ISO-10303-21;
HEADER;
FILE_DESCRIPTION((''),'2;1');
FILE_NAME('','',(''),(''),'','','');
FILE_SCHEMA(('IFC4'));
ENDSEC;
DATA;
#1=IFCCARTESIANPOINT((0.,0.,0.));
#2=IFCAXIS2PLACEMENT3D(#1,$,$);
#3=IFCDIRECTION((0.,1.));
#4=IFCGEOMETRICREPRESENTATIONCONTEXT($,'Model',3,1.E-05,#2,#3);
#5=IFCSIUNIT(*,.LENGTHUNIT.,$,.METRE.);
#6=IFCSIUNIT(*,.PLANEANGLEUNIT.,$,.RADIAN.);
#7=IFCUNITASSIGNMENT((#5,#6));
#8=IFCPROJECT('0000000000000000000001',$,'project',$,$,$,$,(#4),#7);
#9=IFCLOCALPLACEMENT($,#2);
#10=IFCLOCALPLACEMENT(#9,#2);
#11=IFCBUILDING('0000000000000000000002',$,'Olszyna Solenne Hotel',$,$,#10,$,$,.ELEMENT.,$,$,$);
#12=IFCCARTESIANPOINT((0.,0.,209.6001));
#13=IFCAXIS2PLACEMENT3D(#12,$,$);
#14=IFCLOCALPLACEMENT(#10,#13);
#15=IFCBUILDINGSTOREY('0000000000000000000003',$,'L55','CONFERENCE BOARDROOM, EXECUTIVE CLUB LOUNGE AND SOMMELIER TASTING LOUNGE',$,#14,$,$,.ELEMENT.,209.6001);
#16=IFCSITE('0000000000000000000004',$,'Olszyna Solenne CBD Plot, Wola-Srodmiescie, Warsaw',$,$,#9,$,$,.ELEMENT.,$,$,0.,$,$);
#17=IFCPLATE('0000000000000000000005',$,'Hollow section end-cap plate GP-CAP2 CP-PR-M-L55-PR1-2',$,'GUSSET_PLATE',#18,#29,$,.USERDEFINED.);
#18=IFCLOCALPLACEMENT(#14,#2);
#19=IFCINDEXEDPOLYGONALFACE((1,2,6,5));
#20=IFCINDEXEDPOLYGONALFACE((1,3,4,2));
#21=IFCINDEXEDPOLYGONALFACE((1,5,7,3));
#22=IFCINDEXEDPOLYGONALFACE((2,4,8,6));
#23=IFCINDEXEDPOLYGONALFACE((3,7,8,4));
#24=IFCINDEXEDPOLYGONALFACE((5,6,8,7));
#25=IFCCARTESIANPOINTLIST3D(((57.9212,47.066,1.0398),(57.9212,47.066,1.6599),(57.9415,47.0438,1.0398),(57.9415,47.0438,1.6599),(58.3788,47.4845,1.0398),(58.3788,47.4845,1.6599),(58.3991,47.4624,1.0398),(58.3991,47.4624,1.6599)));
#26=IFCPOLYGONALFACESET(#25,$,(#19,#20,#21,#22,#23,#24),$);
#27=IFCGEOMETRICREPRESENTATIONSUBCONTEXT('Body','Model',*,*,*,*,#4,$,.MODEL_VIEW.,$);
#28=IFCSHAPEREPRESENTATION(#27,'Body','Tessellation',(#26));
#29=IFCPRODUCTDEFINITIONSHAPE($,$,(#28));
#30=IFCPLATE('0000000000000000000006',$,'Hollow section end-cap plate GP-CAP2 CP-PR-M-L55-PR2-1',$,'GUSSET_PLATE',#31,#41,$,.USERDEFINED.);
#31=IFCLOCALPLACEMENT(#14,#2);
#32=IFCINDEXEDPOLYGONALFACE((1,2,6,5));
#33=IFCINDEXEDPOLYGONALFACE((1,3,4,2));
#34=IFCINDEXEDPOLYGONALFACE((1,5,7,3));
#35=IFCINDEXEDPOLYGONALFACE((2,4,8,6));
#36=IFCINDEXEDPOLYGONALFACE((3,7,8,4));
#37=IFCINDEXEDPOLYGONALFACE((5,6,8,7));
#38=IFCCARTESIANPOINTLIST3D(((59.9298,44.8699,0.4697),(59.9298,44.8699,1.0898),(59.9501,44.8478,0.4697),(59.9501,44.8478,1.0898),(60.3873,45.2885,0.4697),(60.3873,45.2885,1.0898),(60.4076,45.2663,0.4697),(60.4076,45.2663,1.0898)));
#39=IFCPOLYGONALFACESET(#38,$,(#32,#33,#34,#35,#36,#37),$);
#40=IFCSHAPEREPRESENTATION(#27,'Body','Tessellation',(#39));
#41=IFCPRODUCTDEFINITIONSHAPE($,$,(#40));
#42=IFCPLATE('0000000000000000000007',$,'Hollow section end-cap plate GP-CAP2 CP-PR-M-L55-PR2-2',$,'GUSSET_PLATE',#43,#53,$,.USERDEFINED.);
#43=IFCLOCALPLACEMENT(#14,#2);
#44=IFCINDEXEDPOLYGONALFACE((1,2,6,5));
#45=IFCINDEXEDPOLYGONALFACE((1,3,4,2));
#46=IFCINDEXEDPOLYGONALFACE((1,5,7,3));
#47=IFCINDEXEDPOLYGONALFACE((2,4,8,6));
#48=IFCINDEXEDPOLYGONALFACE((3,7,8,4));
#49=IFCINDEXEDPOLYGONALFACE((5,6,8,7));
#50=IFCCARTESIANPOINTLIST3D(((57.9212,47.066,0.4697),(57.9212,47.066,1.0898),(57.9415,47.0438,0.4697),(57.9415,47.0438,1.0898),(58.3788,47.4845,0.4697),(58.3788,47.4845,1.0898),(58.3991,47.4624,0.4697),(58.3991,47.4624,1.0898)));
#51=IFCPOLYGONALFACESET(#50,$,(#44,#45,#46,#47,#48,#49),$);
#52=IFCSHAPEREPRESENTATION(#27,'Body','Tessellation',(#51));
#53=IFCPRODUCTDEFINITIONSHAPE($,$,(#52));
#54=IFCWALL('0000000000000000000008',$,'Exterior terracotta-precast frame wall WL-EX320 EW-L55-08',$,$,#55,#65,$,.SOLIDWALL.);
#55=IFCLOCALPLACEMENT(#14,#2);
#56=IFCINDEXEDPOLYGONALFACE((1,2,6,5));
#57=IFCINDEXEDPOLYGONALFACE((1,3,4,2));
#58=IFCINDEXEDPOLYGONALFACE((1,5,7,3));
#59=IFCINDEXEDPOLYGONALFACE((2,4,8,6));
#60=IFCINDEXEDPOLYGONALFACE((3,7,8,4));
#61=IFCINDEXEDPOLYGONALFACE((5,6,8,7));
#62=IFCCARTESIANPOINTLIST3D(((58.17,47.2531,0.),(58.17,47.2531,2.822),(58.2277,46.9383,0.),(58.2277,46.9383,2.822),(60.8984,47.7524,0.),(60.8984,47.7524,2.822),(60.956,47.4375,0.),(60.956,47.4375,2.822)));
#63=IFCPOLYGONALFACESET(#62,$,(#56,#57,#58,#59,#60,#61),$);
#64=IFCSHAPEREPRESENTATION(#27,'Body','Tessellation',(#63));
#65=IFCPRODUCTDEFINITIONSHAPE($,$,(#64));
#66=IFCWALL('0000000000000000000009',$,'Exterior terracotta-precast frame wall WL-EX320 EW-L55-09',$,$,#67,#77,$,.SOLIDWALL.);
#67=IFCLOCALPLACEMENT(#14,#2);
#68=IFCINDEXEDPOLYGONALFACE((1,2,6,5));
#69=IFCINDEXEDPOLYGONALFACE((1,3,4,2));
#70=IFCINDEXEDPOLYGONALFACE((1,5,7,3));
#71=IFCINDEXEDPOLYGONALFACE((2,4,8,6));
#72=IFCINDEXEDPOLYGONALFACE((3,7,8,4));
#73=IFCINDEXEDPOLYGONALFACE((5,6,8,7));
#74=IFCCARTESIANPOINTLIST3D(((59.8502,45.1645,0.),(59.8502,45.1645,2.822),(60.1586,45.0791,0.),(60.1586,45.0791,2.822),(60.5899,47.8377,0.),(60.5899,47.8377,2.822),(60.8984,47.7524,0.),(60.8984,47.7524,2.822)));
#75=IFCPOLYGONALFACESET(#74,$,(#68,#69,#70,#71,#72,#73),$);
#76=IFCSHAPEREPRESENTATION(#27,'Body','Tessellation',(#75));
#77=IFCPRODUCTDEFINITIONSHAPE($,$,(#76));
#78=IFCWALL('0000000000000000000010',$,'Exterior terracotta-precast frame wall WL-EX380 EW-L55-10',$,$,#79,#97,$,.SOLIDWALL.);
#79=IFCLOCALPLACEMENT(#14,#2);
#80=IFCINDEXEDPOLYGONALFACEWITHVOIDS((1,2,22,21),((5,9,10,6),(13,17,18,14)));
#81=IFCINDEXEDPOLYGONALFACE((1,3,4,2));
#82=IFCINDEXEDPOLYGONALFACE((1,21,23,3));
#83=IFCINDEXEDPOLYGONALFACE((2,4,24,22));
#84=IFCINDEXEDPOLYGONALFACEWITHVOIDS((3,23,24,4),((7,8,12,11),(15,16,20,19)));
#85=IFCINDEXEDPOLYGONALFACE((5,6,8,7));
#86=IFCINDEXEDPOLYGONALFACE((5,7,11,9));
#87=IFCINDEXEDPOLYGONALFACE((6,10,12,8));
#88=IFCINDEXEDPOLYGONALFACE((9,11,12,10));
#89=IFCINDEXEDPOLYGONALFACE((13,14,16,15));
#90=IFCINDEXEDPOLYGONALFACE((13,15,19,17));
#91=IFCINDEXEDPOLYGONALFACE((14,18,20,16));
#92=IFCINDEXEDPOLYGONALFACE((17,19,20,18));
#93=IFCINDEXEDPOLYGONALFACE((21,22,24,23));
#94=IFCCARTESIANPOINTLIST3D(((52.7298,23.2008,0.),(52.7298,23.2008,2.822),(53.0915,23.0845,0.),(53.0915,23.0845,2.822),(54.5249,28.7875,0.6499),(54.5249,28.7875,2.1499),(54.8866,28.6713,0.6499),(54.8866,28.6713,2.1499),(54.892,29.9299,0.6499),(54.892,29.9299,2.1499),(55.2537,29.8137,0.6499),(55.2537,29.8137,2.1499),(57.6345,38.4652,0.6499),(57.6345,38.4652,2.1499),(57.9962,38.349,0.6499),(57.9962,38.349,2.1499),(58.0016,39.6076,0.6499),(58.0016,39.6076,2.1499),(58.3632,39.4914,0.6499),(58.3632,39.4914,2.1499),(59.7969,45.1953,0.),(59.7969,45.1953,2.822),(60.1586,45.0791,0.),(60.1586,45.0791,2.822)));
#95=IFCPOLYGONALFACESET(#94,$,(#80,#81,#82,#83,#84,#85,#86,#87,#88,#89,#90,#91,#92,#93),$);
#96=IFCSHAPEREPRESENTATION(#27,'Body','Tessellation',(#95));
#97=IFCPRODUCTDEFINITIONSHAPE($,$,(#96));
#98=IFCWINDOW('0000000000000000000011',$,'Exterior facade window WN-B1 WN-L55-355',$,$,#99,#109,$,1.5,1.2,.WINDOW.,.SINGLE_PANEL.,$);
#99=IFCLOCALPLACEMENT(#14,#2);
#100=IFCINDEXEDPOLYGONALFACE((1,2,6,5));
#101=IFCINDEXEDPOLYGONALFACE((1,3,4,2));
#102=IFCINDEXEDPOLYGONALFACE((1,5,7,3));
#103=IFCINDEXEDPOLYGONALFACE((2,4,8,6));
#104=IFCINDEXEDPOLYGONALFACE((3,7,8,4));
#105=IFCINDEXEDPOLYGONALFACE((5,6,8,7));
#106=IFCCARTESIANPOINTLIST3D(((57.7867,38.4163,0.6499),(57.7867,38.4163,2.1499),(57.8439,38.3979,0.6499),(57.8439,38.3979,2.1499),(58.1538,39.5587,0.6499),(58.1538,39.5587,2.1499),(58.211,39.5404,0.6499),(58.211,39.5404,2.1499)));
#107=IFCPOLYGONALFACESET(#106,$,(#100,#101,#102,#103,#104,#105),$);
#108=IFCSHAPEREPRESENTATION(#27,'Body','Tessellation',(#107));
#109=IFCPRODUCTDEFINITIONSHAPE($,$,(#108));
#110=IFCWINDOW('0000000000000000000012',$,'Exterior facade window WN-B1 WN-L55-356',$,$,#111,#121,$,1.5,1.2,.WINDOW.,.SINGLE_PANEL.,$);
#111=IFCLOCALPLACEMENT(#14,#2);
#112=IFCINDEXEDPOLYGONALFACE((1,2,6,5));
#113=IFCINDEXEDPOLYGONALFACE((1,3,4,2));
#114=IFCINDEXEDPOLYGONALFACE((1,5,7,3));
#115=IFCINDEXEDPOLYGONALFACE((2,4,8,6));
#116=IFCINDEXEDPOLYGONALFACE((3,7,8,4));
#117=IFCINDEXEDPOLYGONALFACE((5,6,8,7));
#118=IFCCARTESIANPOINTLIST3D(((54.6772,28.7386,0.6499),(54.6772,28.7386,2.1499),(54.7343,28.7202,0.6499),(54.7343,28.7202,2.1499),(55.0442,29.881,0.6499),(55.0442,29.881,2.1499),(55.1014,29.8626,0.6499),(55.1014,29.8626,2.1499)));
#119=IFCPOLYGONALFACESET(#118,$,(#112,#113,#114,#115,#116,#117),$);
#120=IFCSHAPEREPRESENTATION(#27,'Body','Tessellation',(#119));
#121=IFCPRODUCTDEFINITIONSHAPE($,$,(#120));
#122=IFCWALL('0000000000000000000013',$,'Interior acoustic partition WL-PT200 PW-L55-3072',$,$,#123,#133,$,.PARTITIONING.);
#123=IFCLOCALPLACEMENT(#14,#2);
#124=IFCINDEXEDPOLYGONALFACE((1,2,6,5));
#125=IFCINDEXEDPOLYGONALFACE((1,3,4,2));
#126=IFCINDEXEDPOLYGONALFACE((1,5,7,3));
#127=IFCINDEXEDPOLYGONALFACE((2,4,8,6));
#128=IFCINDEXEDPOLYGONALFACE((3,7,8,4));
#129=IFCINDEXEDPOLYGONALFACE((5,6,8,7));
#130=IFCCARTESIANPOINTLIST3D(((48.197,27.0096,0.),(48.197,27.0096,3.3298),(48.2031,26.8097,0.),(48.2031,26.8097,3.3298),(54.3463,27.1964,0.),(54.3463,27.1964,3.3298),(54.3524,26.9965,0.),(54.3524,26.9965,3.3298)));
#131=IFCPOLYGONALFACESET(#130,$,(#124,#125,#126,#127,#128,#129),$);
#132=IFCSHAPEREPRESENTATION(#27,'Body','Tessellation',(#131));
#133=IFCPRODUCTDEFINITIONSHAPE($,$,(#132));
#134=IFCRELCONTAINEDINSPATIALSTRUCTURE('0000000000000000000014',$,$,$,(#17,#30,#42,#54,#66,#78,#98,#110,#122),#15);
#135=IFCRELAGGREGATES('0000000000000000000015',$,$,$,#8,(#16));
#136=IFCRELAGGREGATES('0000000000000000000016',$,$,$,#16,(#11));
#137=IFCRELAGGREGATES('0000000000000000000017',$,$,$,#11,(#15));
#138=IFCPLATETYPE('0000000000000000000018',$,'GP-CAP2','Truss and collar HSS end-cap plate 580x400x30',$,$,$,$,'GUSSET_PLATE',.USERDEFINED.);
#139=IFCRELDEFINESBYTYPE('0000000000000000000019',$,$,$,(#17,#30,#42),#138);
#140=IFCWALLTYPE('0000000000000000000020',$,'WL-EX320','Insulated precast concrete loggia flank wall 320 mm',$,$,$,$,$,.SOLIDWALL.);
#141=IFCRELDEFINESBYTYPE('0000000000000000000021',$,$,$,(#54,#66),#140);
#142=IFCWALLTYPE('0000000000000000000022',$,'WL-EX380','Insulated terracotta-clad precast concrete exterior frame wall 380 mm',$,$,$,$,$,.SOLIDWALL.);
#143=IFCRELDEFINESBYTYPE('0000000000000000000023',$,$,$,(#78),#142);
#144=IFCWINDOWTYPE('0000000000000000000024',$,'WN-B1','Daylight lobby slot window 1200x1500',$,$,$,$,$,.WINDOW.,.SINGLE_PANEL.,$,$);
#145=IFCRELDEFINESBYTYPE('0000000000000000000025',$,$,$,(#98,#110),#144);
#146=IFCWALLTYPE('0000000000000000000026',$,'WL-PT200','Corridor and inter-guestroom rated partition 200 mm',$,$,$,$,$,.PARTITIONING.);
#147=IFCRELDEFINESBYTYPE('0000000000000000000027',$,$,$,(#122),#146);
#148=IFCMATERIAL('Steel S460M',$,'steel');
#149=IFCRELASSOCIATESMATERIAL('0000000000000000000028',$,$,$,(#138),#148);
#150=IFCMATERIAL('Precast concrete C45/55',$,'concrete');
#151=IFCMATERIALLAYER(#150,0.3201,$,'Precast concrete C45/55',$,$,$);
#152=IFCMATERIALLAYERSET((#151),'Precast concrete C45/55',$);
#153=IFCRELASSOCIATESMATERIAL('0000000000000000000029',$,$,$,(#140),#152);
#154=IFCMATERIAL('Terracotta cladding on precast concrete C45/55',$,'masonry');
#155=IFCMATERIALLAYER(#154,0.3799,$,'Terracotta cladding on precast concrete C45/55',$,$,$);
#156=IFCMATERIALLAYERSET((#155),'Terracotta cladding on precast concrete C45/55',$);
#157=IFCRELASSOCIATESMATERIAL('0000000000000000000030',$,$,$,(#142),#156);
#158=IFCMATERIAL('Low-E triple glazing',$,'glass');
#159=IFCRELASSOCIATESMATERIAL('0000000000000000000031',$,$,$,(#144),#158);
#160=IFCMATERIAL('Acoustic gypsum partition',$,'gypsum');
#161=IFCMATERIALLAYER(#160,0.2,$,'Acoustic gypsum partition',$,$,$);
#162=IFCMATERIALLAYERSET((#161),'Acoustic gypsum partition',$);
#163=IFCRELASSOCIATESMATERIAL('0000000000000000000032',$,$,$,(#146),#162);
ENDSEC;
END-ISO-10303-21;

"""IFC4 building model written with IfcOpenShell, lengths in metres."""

from ifc_helpers import new_model, si_unit, direction, frame, frame_2d, origin, origin_2d, place, context, subcontext, project, spatial, rectangle, extrude, source, transform, mapped, material, layer, layer_set, type_object, type_shapes, element, fill, save


model = new_model("IFC4")

# Units and contexts
model_context = context("Model", 3, precision=1e-05, world=origin(), true_north=direction((0.0, 1.0)))
body_context = subcontext(model_context, "Body", "Model", "MODEL_VIEW")
ifc_project = project(units=[si_unit("LENGTHUNIT", "METRE"), si_unit("PLANEANGLEUNIT", "RADIAN")], contexts=[model_context])

# Site, building, storey
site_placement = place(None, origin())
site = spatial("IfcSite", under=ifc_project, at=site_placement, Name="Olszyna Solenne CBD Plot, Wola-Srodmiescie, Warsaw", CompositionType="ELEMENT", RefElevation=0.0)
building_placement = place(site_placement, origin())
building = spatial("IfcBuilding", under=site, at=building_placement, Name="Olszyna Solenne Hotel", CompositionType="ELEMENT")
storey_placement = place(building_placement, frame((0.0, 0.0, 209.6001)))
storey = spatial("IfcBuildingStorey", under=building, at=storey_placement, Name="L55", Description="CONFERENCE BOARDROOM, EXECUTIVE CLUB LOUNGE AND SOMMELIER TASTING LOUNGE", CompositionType="ELEMENT", Elevation=209.6001)

# Shared definitions
ifc_material_1 = material(Name="Steel S460M", Category="steel")

# Plates
plate_type = type_object("IfcPlateType", Name="GP-CAP2", Description="Truss and collar HSS end-cap plate 580x400x30", ElementType="GUSSET_PLATE", PredefinedType="USERDEFINED", material=ifc_material_1)
shared_shape_1 = source(origin(), body_context, "Body", "SweptSolid", [
    extrude(rectangle(XDim=0.03, YDim=0.6201, at=origin_2d()), origin(), (0.0, 0.0, 1.0), 0.6201),
])
for number, where, z_axis, x_axis, name in (
    (1, (58.1602, 47.2642, 1.0398), (0.0, 0.0, 1.0), (-0.674947, 0.737867, 0.0), "Hollow section end-cap plate GP-CAP2 CP-PR-M-L55-PR1-2"),
    (2, (60.1687, 45.0681, 0.4697), (0.0, 0.0, 1.0), (-0.674947, 0.737867, 0.0), "Hollow section end-cap plate GP-CAP2 CP-PR-M-L55-PR2-1"),
    (3, (58.1602, 47.2642, 0.4697), (0.0, 0.0, 1.0), (-0.674947, 0.737867, 0.0), "Hollow section end-cap plate GP-CAP2 CP-PR-M-L55-PR2-2"),
):
    element("IfcPlate", number, at=place(storey_placement, frame(where, z_axis=z_axis, x_axis=x_axis)), inside=storey, type_object=plate_type, Name=name, ObjectType="GUSSET_PLATE", PredefinedType="USERDEFINED", context=body_context, shape_type="MappedRepresentation", body=[
        mapped(shared_shape_1, transform((0.0, 0.0, 0.0), x_axis=(1.0, 0.0, 0.0), y_axis=(0.0, 1.0, 0.0), z_axis=(0.0, 0.0, 1.0), scale=1.0)),
    ])

# Walls
ifc_material_2 = material(Name="Precast concrete C45/55", Category="concrete")
ifc_layer_1 = layer(ifc_material_2, 0.3201, Name="Precast concrete C45/55")
ifc_layer_set_1 = layer_set([ifc_layer_1], Name="Precast concrete C45/55")
wall_type_1 = type_object("IfcWallType", Name="WL-EX320", Description="Insulated precast concrete loggia flank wall 320 mm", PredefinedType="SOLIDWALL", material=ifc_layer_set_1)
for number, where, z_axis, x_axis, name in (
    (4, (58.199, 47.0957, 0.0), (0.0, 0.0, 1.0), (0.983665, 0.180009, 0.0), "Exterior terracotta-precast frame wall WL-EX320 EW-L55-08"),
    (5, (60.7441, 47.7949, 0.0), (0.0, 0.0, 1.0), (-0.266713, -0.963776, 0.0), "Exterior terracotta-precast frame wall WL-EX320 EW-L55-09"),
):
    element("IfcWall", number, at=place(storey_placement, frame(where, z_axis=z_axis, x_axis=x_axis)), inside=storey, type_object=wall_type_1, Name=name, PredefinedType="SOLIDWALL", context=body_context, shape_type="SweptSolid", body=[
        extrude(rectangle(XDim=2.7737, YDim=0.3201, at=frame_2d((1.3867, 0.0))), origin(), (0.0, 0.0, 1.0), 2.822),
    ])

# Wall, openings, windows
ifc_material_3 = material(Name="Terracotta cladding on precast concrete C45/55", Category="masonry")
ifc_layer_2 = layer(ifc_material_3, 0.3799, Name="Terracotta cladding on precast concrete C45/55")
ifc_layer_set_2 = layer_set([ifc_layer_2], Name="Terracotta cladding on precast concrete C45/55")
wall_type_2 = type_object("IfcWallType", Name="WL-EX380", Description="Insulated terracotta-clad precast concrete exterior frame wall 380 mm", PredefinedType="SOLIDWALL", material=ifc_layer_set_2)
wall_1_placement = place(storey_placement, frame((59.9778, 45.1372, 0.0), z_axis=(0.0, 0.0, 1.0), x_axis=(-0.305909, -0.952061, 0.0)))
wall_1 = element("IfcWall", 6, at=wall_1_placement, inside=storey, type_object=wall_type_2, Name="Exterior terracotta-precast frame wall WL-EX380 EW-L55-10", PredefinedType="SOLIDWALL", context=body_context, shape_type="SweptSolid", body=[
    extrude(rectangle(XDim=23.1021, YDim=0.3799, at=frame_2d((11.551, 0.0))), origin(), (0.0, 0.0, 1.0), 2.822),
])
opening_1_placement = place(wall_1_placement, frame((5.8689, 0.0, 0.6499)))
opening_1 = element("IfcOpeningElement", 7, at=opening_1_placement, cuts=wall_1, PredefinedType="OPENING", context=body_context, shape_type="SweptSolid", body=[
    extrude(rectangle(XDim=1.2, YDim=1.5, at=frame_2d((0.6001, 0.75))), frame((0.0, 0.2, 0.0), z_axis=(0.0, -1.0, 0.0), x_axis=(1.0, 0.0, 0.0)), (0.0, 0.0, 1.0), 0.3999),
])
opening_2_placement = place(wall_1_placement, frame((16.0339, 0.0, 0.6499)))
opening_2 = element("IfcOpeningElement", 8, at=opening_2_placement, cuts=wall_1, PredefinedType="OPENING", context=body_context, shape_type="SweptSolid", body=[
    extrude(rectangle(XDim=1.2, YDim=1.5, at=frame_2d((0.6001, 0.75))), frame((0.0, 0.2, 0.0), z_axis=(0.0, -1.0, 0.0), x_axis=(1.0, 0.0, 0.0)), (0.0, 0.0, 1.0), 0.3999),
])
ifc_material_4 = material(Name="Low-E triple glazing", Category="glass")
window_type = type_object("IfcWindowType", Name="WN-B1", Description="Daylight lobby slot window 1200x1500", PartitioningType="SINGLE_PANEL", PredefinedType="WINDOW", material=ifc_material_4)
shared_shape_2 = source(origin(), body_context, "Body", "SweptSolid", [
    extrude(rectangle(XDim=1.2, YDim=1.5, at=frame_2d((0.6001, 0.75))), frame((0.0, 0.03, 0.0), z_axis=(0.0, -1.0, 0.0), x_axis=(1.0, 0.0, 0.0)), (0.0, 0.0, 1.0), 0.0601),
])
type_shapes(window_type, [shared_shape_2])
window_1_placement = place(opening_1_placement, origin())
window_1 = element("IfcWindow", 9, at=window_1_placement, inside=storey, type_object=window_type, Name="Exterior facade window WN-B1 WN-L55-355", OverallHeight=1.5, OverallWidth=1.2, PartitioningType="SINGLE_PANEL", PredefinedType="WINDOW", context=body_context, shape_type="MappedRepresentation", body=[
    mapped(shared_shape_2, transform((0.0, 0.0, 0.0), x_axis=(1.0, 0.0, 0.0), y_axis=(0.0, 1.0, 0.0), z_axis=(0.0, 0.0, 1.0), scale=1.0)),
])
fill(opening_1, window_1)
window_2_placement = place(opening_2_placement, origin())
window_2 = element("IfcWindow", 10, at=window_2_placement, inside=storey, type_object=window_type, Name="Exterior facade window WN-B1 WN-L55-356", OverallHeight=1.5, OverallWidth=1.2, PartitioningType="SINGLE_PANEL", PredefinedType="WINDOW", context=body_context, shape_type="MappedRepresentation", body=[
    mapped(shared_shape_2, transform((0.0, 0.0, 0.0), x_axis=(1.0, 0.0, 0.0), y_axis=(0.0, 1.0, 0.0), z_axis=(0.0, 0.0, 1.0), scale=1.0)),
])
fill(opening_2, window_2)

# Wall
ifc_material_5 = material(Name="Acoustic gypsum partition", Category="gypsum")
ifc_layer_3 = layer(ifc_material_5, 0.2, Name="Acoustic gypsum partition")
ifc_layer_set_3 = layer_set([ifc_layer_3], Name="Acoustic gypsum partition")
wall_type_3 = type_object("IfcWallType", Name="WL-PT200", Description="Corridor and inter-guestroom rated partition 200 mm", PredefinedType="PARTITIONING", material=ifc_layer_set_3)
wall_2_placement = place(storey_placement, frame((48.2, 26.9097, 0.0), z_axis=(0.0, 0.0, 1.0), x_axis=(0.999539, 0.030359, 0.0)))
element("IfcWall", 11, at=wall_2_placement, inside=storey, type_object=wall_type_3, Name="Interior acoustic partition WL-PT200 PW-L55-3072", PredefinedType="PARTITIONING", context=body_context, shape_type="SweptSolid", body=[
    extrude(rectangle(XDim=6.1521, YDim=0.2, at=frame_2d((3.0762, 0.0))), origin(), (0.0, 0.0, 1.0), 3.3298),
])

save(model, "model.ifc")
